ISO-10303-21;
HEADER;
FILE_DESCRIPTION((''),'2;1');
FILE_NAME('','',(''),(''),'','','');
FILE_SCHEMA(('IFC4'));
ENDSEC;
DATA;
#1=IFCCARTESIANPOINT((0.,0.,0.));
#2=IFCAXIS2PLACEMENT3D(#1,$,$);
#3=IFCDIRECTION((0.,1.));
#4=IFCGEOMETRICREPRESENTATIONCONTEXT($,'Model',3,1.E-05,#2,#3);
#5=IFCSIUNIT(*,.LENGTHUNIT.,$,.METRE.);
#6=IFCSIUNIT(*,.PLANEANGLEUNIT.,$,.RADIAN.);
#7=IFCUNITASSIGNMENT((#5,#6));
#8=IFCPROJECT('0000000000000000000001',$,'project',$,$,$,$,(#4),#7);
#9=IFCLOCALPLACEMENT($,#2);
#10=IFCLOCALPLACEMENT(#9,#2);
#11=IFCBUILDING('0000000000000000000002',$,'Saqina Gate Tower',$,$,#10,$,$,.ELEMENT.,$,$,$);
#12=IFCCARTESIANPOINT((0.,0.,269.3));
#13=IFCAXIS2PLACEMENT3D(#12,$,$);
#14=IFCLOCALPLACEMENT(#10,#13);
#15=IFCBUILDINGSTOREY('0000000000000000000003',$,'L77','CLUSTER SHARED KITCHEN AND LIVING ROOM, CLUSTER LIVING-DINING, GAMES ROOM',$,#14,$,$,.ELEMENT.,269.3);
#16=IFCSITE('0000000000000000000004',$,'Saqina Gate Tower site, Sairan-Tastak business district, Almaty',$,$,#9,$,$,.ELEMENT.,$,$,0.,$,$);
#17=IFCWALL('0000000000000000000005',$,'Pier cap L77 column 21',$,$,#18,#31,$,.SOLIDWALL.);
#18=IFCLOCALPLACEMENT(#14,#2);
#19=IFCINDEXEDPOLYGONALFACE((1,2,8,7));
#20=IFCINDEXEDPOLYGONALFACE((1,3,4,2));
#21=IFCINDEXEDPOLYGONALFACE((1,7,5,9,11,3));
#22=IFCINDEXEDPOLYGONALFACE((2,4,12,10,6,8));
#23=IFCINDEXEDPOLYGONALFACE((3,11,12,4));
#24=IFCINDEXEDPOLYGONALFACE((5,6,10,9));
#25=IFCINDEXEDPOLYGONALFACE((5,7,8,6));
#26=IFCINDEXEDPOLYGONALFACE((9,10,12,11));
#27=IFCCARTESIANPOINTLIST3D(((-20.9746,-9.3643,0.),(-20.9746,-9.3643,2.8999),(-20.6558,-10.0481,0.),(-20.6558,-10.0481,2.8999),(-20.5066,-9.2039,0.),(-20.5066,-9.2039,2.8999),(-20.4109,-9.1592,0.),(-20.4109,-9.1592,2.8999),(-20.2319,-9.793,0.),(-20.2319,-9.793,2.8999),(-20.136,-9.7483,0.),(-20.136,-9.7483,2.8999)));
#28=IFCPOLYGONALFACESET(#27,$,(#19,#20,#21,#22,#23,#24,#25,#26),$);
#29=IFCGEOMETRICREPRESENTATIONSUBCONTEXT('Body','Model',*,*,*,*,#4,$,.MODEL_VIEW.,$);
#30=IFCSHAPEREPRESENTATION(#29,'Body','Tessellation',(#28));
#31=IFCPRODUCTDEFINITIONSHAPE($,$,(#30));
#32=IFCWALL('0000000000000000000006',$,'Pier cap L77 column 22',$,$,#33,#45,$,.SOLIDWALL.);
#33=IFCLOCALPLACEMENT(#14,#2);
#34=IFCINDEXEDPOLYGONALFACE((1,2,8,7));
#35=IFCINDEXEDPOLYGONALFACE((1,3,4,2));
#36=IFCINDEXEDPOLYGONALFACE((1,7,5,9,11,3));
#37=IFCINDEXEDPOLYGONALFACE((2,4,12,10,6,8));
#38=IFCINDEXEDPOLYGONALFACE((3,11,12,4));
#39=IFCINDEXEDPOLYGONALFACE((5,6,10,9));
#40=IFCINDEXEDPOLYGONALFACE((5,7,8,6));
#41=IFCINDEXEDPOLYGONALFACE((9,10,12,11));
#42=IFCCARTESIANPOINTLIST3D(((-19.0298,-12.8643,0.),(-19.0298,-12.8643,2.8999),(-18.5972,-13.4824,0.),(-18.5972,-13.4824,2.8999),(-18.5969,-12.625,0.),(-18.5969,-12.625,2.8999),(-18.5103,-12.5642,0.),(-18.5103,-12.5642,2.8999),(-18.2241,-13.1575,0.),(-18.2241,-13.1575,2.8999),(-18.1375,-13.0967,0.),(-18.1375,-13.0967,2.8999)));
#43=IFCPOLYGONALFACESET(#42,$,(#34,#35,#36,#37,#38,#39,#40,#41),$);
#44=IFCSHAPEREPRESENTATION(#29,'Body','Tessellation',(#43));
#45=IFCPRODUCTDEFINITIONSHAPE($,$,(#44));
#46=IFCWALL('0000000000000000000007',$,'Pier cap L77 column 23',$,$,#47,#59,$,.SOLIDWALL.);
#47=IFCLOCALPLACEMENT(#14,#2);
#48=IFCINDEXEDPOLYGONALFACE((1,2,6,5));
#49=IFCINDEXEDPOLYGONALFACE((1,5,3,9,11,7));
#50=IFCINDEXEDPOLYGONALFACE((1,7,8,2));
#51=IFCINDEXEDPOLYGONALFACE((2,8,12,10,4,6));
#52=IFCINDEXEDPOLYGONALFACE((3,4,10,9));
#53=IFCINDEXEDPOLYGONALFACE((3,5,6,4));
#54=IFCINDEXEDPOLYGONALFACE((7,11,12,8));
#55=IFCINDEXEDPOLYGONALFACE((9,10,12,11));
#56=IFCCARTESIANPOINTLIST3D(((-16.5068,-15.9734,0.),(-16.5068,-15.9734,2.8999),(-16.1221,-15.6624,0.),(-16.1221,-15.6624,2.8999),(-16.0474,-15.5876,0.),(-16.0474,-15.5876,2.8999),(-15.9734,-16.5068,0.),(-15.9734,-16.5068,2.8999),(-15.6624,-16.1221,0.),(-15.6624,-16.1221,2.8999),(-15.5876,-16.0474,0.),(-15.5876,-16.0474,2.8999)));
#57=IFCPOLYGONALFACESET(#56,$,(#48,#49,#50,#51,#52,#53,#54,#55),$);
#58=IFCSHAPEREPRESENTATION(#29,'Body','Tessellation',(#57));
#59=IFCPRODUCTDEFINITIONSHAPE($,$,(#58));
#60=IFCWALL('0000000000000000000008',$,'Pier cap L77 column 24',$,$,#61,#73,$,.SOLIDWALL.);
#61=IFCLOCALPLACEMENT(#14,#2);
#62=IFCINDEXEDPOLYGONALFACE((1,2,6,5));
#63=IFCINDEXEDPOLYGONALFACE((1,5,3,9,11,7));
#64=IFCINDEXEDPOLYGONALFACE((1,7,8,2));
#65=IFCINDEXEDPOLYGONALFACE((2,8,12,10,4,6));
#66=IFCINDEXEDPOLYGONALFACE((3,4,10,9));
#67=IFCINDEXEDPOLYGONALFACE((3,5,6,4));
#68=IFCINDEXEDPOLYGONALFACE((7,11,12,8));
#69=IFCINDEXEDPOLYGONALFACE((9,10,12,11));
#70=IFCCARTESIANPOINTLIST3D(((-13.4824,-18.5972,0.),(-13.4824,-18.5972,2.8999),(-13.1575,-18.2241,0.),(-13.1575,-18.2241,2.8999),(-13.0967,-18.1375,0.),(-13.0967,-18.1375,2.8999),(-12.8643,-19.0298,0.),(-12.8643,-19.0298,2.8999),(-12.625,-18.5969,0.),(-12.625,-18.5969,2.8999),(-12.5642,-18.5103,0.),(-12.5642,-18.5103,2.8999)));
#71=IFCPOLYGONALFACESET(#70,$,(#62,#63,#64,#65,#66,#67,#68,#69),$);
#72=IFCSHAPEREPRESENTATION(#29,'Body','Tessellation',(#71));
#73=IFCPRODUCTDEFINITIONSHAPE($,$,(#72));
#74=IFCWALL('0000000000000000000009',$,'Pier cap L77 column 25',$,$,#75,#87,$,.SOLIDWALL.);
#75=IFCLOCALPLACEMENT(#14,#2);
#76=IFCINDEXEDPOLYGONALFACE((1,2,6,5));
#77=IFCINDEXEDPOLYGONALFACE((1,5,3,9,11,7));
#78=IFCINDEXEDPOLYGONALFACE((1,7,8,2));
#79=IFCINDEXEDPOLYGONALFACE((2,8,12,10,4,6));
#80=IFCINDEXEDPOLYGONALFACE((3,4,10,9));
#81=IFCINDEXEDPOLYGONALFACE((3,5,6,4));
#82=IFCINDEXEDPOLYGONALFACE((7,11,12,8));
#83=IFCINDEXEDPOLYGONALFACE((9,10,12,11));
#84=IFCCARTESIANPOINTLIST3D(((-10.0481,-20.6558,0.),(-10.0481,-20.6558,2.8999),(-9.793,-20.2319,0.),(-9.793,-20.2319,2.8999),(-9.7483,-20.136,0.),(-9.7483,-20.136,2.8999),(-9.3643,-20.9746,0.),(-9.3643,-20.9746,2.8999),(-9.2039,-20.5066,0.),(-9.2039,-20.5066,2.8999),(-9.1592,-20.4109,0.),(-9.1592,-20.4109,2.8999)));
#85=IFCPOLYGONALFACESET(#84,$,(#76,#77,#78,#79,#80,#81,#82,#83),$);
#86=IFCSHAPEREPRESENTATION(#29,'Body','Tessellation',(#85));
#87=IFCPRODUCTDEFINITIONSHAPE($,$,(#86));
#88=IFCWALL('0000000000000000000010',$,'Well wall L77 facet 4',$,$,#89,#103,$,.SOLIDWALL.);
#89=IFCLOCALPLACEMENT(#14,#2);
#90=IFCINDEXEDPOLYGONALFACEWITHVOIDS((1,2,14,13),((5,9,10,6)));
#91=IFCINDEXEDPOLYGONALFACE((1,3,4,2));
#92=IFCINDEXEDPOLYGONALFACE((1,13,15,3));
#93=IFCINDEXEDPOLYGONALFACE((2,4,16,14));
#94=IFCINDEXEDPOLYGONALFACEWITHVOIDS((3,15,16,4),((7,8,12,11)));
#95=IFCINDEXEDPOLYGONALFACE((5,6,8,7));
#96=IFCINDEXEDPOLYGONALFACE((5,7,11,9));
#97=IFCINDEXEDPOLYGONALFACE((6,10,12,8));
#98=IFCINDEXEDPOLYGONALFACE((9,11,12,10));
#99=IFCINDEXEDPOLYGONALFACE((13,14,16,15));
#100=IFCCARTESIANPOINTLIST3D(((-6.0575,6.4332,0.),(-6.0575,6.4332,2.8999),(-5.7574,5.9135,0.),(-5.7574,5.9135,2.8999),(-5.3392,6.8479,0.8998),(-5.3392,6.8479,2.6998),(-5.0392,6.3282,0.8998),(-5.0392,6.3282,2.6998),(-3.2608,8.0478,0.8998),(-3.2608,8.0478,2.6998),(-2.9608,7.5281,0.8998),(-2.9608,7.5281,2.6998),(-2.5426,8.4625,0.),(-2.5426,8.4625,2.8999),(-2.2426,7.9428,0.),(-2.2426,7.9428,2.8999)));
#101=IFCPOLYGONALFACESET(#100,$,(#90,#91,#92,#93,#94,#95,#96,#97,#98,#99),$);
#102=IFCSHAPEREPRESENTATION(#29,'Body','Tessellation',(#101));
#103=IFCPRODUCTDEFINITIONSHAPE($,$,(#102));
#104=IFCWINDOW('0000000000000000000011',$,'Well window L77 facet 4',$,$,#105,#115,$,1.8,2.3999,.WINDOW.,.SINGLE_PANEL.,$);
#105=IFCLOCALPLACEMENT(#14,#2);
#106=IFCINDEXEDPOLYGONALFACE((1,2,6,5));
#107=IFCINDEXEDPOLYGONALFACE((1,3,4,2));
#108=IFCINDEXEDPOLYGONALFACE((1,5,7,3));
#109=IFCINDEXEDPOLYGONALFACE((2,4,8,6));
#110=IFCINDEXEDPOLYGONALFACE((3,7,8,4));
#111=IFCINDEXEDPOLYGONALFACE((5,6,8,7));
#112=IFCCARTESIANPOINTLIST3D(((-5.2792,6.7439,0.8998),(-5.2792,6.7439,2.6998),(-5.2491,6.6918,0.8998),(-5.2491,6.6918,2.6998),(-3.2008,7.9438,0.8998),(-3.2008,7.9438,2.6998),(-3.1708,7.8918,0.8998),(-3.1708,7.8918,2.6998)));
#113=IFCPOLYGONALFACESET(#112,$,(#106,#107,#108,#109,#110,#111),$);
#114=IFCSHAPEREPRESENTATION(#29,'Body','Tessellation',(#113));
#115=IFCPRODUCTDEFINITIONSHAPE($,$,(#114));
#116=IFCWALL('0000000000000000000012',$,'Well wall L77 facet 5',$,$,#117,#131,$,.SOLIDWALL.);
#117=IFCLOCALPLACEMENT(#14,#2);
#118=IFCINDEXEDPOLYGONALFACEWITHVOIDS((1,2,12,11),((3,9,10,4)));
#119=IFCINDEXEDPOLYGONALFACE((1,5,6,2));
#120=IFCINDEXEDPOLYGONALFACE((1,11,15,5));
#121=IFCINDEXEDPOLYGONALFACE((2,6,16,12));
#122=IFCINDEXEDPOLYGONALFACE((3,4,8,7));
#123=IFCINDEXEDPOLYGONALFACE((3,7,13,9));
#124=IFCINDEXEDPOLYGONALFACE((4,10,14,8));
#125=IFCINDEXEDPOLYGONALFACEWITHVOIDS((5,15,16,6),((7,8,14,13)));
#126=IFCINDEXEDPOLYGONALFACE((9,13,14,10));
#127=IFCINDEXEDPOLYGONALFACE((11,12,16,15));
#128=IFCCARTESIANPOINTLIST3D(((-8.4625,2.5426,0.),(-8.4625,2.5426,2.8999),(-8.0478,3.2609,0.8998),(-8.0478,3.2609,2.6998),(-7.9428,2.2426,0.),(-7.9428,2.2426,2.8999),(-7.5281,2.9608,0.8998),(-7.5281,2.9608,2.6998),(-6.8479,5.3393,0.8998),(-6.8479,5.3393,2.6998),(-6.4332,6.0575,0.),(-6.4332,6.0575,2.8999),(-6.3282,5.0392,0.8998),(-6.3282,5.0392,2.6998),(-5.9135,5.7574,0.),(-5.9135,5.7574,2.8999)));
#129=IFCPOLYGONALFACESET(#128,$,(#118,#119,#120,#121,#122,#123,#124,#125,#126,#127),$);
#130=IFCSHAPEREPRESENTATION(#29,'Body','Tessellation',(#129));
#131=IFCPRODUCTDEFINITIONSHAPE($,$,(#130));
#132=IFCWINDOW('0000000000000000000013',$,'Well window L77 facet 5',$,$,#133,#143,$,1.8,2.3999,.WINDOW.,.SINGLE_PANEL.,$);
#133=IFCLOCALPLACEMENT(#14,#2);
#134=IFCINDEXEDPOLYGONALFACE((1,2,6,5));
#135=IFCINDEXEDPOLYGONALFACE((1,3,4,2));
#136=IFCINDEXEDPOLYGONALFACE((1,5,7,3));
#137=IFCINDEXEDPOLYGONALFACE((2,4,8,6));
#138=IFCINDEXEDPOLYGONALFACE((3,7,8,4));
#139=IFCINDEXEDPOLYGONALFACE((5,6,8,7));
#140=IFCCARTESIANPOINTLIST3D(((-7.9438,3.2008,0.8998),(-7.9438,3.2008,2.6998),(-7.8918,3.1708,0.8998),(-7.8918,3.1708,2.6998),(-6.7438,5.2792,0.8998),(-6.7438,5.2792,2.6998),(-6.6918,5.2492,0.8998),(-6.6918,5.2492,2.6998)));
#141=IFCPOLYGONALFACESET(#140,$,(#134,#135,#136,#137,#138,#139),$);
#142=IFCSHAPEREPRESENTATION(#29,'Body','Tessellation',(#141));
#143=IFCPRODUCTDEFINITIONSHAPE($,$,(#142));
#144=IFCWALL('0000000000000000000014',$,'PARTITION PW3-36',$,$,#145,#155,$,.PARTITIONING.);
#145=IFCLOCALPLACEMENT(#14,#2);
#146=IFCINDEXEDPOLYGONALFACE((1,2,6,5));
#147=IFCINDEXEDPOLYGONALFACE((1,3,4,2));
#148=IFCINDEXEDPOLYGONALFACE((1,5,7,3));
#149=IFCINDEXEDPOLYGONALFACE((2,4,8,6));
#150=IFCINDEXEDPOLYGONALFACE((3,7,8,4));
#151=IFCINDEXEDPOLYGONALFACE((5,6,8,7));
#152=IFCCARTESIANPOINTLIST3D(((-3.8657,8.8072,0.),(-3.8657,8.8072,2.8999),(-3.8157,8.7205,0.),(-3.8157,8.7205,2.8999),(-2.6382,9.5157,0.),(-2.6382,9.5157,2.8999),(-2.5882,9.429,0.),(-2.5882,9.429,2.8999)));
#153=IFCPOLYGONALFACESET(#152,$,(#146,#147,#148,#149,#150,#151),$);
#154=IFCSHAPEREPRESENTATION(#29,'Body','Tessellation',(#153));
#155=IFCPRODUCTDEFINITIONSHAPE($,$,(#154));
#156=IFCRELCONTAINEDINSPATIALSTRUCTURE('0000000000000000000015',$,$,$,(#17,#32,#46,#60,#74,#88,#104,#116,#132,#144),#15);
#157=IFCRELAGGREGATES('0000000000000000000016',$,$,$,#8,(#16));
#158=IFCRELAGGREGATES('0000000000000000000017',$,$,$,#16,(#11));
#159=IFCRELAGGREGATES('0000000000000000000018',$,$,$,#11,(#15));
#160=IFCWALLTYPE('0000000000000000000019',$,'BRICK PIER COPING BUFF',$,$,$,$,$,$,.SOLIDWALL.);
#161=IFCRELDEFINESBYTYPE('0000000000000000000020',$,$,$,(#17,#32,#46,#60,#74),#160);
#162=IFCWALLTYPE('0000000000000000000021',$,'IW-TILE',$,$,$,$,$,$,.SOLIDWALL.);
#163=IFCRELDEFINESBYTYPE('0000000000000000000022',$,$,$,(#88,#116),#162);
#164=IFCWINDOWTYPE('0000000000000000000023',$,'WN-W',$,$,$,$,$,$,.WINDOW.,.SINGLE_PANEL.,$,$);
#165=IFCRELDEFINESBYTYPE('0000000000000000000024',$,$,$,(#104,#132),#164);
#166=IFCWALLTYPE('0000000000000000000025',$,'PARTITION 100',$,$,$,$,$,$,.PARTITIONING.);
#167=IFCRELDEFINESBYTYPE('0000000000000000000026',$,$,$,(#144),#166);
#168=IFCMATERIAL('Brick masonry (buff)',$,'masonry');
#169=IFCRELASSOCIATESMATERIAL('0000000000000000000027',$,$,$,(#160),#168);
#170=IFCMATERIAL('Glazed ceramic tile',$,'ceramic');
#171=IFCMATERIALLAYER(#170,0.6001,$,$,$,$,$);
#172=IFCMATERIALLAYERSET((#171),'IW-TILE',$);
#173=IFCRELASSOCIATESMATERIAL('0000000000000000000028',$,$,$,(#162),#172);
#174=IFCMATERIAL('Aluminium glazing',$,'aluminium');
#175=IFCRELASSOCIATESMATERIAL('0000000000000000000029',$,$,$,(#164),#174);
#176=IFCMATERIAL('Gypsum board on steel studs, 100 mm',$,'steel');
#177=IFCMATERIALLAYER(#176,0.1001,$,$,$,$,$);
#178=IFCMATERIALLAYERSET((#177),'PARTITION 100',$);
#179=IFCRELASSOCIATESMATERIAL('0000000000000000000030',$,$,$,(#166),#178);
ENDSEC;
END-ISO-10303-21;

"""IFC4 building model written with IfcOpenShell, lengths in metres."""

from ifc_helpers import new_model, si_unit, direction, frame, frame_2d, origin, place, context, subcontext, project, spatial, polyline, rectangle, outline, extrude, material, layer, layer_set, type_object, element, fill, save


model = new_model("IFC4")

# Units and contexts
model_context = context("Model", 3, precision=1e-05, world=origin(), true_north=direction((0.0, 1.0)))
body_context = subcontext(model_context, "Body", "Model", "MODEL_VIEW")
ifc_project = project(units=[si_unit("LENGTHUNIT", "METRE"), si_unit("PLANEANGLEUNIT", "RADIAN")], contexts=[model_context])

# Site, building, storey
site_placement = place(None, origin())
site = spatial("IfcSite", under=ifc_project, at=site_placement, Name="Saqina Gate Tower site, Sairan-Tastak business district, Almaty", CompositionType="ELEMENT", RefElevation=0.0)
building_placement = place(site_placement, origin())
building = spatial("IfcBuilding", under=site, at=building_placement, Name="Saqina Gate Tower", CompositionType="ELEMENT")
storey_placement = place(building_placement, frame((0.0, 0.0, 269.3)))
storey = spatial("IfcBuildingStorey", under=building, at=storey_placement, Name="L77", Description="CLUSTER SHARED KITCHEN AND LIVING ROOM, CLUSTER LIVING-DINING, GAMES ROOM", CompositionType="ELEMENT", Elevation=269.3)

# Walls
ifc_material_1 = material(Name="Brick masonry (buff)", Category="masonry")
wall_type_1 = type_object("IfcWallType", Name="BRICK PIER COPING BUFF", PredefinedType="SOLIDWALL", material=ifc_material_1)
wall_1_placement = place(storey_placement, origin())
element("IfcWall", 1, at=wall_1_placement, inside=storey, type_object=wall_type_1, Name="Pier cap L77 column 21", PredefinedType="SOLIDWALL", context=body_context, shape_type="SweptSolid", body=[
    extrude(outline(polyline([(-20.9746, -9.3643), (-20.6558, -10.0481), (-20.136, -9.7483), (-20.2319, -9.793), (-20.5066, -9.2039), (-20.4109, -9.1592), (-20.9746, -9.3643)])), origin(), (0.0, 0.0, 1.0), 2.8999),
])
wall_2_placement = place(storey_placement, origin())
element("IfcWall", 2, at=wall_2_placement, inside=storey, type_object=wall_type_1, Name="Pier cap L77 column 22", PredefinedType="SOLIDWALL", context=body_context, shape_type="SweptSolid", body=[
    extrude(outline(polyline([(-19.0298, -12.8643), (-18.5972, -13.4824), (-18.1375, -13.0967), (-18.2241, -13.1575), (-18.5969, -12.625), (-18.5103, -12.5642), (-19.0298, -12.8643)])), origin(), (0.0, 0.0, 1.0), 2.8999),
])
wall_3_placement = place(storey_placement, origin())
element("IfcWall", 3, at=wall_3_placement, inside=storey, type_object=wall_type_1, Name="Pier cap L77 column 23", PredefinedType="SOLIDWALL", context=body_context, shape_type="SweptSolid", body=[
    extrude(outline(polyline([(-15.9734, -16.5068), (-15.5876, -16.0474), (-15.6624, -16.1221), (-16.1221, -15.6624), (-16.0474, -15.5876), (-16.5068, -15.9734), (-15.9734, -16.5068)])), origin(), (0.0, 0.0, 1.0), 2.8999),
])
wall_4_placement = place(storey_placement, origin())
element("IfcWall", 4, at=wall_4_placement, inside=storey, type_object=wall_type_1, Name="Pier cap L77 column 24", PredefinedType="SOLIDWALL", context=body_context, shape_type="SweptSolid", body=[
    extrude(outline(polyline([(-12.8643, -19.0298), (-12.5642, -18.5103), (-12.625, -18.5969), (-13.1575, -18.2241), (-13.0967, -18.1375), (-13.4824, -18.5972), (-12.8643, -19.0298)])), origin(), (0.0, 0.0, 1.0), 2.8999),
])
wall_5_placement = place(storey_placement, origin())
element("IfcWall", 5, at=wall_5_placement, inside=storey, type_object=wall_type_1, Name="Pier cap L77 column 25", PredefinedType="SOLIDWALL", context=body_context, shape_type="SweptSolid", body=[
    extrude(outline(polyline([(-10.0481, -20.6558), (-9.3643, -20.9746), (-9.1592, -20.4109), (-9.2039, -20.5066), (-9.793, -20.2319), (-9.7483, -20.136), (-10.0481, -20.6558)])), origin(), (0.0, 0.0, 1.0), 2.8999),
])

# Walls, openings, windows
ifc_material_2 = material(Name="Glazed ceramic tile", Category="ceramic")
ifc_layer_1 = layer(ifc_material_2, 0.6001)
ifc_layer_set_1 = layer_set([ifc_layer_1], Name="IW-TILE")
wall_type_2 = type_object("IfcWallType", Name="IW-TILE", PredefinedType="SOLIDWALL", material=ifc_layer_set_1)
wall_6_placement = place(storey_placement, frame((-2.3926, 8.2026, 0.0), z_axis=(0.0, 0.0, 1.0), x_axis=(-0.866028, -0.499995, 0.0)))
wall_6 = element("IfcWall", 6, at=wall_6_placement, inside=storey, type_object=wall_type_2, Name="Well wall L77 facet 4", PredefinedType="SOLIDWALL", context=body_context, shape_type="SweptSolid", body=[
    extrude(rectangle(XDim=4.0586, YDim=0.6001, at=frame_2d((2.0293, 0.0))), origin(), (0.0, 0.0, 1.0), 2.8999),
])
opening_1_placement = place(wall_6_placement, frame((0.8293, 0.0, 0.8999)))
opening_1 = element("IfcOpeningElement", 7, at=opening_1_placement, cuts=wall_6, PredefinedType="OPENING", context=body_context, shape_type="SweptSolid", body=[
    extrude(rectangle(XDim=2.3999, YDim=1.8, at=frame_2d((1.2, 0.8999))), frame((0.0, 0.312, 0.0), z_axis=(0.0, -1.0, 0.0), x_axis=(1.0, 0.0, 0.0)), (0.0, 0.0, 1.0), 0.624),
])
ifc_material_3 = material(Name="Aluminium glazing", Category="aluminium")
window_type = type_object("IfcWindowType", Name="WN-W", PartitioningType="SINGLE_PANEL", PredefinedType="WINDOW", material=ifc_material_3)
window_1_placement = place(opening_1_placement, origin())
window_1 = element("IfcWindow", 8, at=window_1_placement, inside=storey, type_object=window_type, Name="Well window L77 facet 4", OverallHeight=1.8, OverallWidth=2.3999, PartitioningType="SINGLE_PANEL", PredefinedType="WINDOW", context=body_context, shape_type="SweptSolid", body=[
    extrude(rectangle(XDim=2.3999, YDim=1.8, at=frame_2d((1.2, 0.8999))), frame((0.0, -0.1199, 0.0), z_axis=(0.0, -1.0, 0.0), x_axis=(1.0, 0.0, 0.0)), (0.0, 0.0, 1.0), 0.0601),
])
fill(opening_1, window_1)
wall_7_placement = place(storey_placement, frame((-6.1733, 5.9075, 0.0), z_axis=(0.0, 0.0, 1.0), x_axis=(-0.499995, -0.866028, 0.0)))
wall_7 = element("IfcWall", 9, at=wall_7_placement, inside=storey, type_object=wall_type_2, Name="Well wall L77 facet 5", PredefinedType="SOLIDWALL", context=body_context, shape_type="SweptSolid", body=[
    extrude(rectangle(XDim=4.0586, YDim=0.6001, at=frame_2d((2.0293, 0.0))), origin(), (0.0, 0.0, 1.0), 2.8999),
])
opening_2_placement = place(wall_7_placement, frame((0.8293, 0.0, 0.8999)))
opening_2 = element("IfcOpeningElement", 10, at=opening_2_placement, cuts=wall_7, PredefinedType="OPENING", context=body_context, shape_type="SweptSolid", body=[
    extrude(rectangle(XDim=2.3999, YDim=1.8, at=frame_2d((1.2, 0.8999))), frame((0.0, 0.312, 0.0), z_axis=(0.0, -1.0, 0.0), x_axis=(1.0, 0.0, 0.0)), (0.0, 0.0, 1.0), 0.624),
])
window_2_placement = place(opening_2_placement, origin())
window_2 = element("IfcWindow", 11, at=window_2_placement, inside=storey, type_object=window_type, Name="Well window L77 facet 5", OverallHeight=1.8, OverallWidth=2.3999, PartitioningType="SINGLE_PANEL", PredefinedType="WINDOW", context=body_context, shape_type="SweptSolid", body=[
    extrude(rectangle(XDim=2.3999, YDim=1.8, at=frame_2d((1.2, 0.8999))), frame((0.0, -0.1199, 0.0), z_axis=(0.0, -1.0, 0.0), x_axis=(1.0, 0.0, 0.0)), (0.0, 0.0, 1.0), 0.0601),
])
fill(opening_2, window_2)

# Wall
ifc_material_4 = material(Name="Gypsum board on steel studs, 100 mm", Category="steel")
ifc_layer_2 = layer(ifc_material_4, 0.1001)
ifc_layer_set_2 = layer_set([ifc_layer_2], Name="PARTITION 100")
wall_type_3 = type_object("IfcWallType", Name="PARTITION 100", PredefinedType="PARTITIONING", material=ifc_layer_set_2)
wall_8_placement = place(storey_placement, frame((-3.8406, 8.7639, 0.0), z_axis=(0.0, 0.0, 1.0), x_axis=(0.866094, 0.499882, 0.0)))
element("IfcWall", 12, at=wall_8_placement, inside=storey, type_object=wall_type_3, Name="PARTITION PW3-36", PredefinedType="PARTITIONING", context=body_context, shape_type="SweptSolid", body=[
    extrude(rectangle(XDim=1.4172, YDim=0.1001, at=frame_2d((0.7085, 0.0))), origin(), (0.0, 0.0, 1.0), 2.8999),
])

save(model, "model.ifc")
